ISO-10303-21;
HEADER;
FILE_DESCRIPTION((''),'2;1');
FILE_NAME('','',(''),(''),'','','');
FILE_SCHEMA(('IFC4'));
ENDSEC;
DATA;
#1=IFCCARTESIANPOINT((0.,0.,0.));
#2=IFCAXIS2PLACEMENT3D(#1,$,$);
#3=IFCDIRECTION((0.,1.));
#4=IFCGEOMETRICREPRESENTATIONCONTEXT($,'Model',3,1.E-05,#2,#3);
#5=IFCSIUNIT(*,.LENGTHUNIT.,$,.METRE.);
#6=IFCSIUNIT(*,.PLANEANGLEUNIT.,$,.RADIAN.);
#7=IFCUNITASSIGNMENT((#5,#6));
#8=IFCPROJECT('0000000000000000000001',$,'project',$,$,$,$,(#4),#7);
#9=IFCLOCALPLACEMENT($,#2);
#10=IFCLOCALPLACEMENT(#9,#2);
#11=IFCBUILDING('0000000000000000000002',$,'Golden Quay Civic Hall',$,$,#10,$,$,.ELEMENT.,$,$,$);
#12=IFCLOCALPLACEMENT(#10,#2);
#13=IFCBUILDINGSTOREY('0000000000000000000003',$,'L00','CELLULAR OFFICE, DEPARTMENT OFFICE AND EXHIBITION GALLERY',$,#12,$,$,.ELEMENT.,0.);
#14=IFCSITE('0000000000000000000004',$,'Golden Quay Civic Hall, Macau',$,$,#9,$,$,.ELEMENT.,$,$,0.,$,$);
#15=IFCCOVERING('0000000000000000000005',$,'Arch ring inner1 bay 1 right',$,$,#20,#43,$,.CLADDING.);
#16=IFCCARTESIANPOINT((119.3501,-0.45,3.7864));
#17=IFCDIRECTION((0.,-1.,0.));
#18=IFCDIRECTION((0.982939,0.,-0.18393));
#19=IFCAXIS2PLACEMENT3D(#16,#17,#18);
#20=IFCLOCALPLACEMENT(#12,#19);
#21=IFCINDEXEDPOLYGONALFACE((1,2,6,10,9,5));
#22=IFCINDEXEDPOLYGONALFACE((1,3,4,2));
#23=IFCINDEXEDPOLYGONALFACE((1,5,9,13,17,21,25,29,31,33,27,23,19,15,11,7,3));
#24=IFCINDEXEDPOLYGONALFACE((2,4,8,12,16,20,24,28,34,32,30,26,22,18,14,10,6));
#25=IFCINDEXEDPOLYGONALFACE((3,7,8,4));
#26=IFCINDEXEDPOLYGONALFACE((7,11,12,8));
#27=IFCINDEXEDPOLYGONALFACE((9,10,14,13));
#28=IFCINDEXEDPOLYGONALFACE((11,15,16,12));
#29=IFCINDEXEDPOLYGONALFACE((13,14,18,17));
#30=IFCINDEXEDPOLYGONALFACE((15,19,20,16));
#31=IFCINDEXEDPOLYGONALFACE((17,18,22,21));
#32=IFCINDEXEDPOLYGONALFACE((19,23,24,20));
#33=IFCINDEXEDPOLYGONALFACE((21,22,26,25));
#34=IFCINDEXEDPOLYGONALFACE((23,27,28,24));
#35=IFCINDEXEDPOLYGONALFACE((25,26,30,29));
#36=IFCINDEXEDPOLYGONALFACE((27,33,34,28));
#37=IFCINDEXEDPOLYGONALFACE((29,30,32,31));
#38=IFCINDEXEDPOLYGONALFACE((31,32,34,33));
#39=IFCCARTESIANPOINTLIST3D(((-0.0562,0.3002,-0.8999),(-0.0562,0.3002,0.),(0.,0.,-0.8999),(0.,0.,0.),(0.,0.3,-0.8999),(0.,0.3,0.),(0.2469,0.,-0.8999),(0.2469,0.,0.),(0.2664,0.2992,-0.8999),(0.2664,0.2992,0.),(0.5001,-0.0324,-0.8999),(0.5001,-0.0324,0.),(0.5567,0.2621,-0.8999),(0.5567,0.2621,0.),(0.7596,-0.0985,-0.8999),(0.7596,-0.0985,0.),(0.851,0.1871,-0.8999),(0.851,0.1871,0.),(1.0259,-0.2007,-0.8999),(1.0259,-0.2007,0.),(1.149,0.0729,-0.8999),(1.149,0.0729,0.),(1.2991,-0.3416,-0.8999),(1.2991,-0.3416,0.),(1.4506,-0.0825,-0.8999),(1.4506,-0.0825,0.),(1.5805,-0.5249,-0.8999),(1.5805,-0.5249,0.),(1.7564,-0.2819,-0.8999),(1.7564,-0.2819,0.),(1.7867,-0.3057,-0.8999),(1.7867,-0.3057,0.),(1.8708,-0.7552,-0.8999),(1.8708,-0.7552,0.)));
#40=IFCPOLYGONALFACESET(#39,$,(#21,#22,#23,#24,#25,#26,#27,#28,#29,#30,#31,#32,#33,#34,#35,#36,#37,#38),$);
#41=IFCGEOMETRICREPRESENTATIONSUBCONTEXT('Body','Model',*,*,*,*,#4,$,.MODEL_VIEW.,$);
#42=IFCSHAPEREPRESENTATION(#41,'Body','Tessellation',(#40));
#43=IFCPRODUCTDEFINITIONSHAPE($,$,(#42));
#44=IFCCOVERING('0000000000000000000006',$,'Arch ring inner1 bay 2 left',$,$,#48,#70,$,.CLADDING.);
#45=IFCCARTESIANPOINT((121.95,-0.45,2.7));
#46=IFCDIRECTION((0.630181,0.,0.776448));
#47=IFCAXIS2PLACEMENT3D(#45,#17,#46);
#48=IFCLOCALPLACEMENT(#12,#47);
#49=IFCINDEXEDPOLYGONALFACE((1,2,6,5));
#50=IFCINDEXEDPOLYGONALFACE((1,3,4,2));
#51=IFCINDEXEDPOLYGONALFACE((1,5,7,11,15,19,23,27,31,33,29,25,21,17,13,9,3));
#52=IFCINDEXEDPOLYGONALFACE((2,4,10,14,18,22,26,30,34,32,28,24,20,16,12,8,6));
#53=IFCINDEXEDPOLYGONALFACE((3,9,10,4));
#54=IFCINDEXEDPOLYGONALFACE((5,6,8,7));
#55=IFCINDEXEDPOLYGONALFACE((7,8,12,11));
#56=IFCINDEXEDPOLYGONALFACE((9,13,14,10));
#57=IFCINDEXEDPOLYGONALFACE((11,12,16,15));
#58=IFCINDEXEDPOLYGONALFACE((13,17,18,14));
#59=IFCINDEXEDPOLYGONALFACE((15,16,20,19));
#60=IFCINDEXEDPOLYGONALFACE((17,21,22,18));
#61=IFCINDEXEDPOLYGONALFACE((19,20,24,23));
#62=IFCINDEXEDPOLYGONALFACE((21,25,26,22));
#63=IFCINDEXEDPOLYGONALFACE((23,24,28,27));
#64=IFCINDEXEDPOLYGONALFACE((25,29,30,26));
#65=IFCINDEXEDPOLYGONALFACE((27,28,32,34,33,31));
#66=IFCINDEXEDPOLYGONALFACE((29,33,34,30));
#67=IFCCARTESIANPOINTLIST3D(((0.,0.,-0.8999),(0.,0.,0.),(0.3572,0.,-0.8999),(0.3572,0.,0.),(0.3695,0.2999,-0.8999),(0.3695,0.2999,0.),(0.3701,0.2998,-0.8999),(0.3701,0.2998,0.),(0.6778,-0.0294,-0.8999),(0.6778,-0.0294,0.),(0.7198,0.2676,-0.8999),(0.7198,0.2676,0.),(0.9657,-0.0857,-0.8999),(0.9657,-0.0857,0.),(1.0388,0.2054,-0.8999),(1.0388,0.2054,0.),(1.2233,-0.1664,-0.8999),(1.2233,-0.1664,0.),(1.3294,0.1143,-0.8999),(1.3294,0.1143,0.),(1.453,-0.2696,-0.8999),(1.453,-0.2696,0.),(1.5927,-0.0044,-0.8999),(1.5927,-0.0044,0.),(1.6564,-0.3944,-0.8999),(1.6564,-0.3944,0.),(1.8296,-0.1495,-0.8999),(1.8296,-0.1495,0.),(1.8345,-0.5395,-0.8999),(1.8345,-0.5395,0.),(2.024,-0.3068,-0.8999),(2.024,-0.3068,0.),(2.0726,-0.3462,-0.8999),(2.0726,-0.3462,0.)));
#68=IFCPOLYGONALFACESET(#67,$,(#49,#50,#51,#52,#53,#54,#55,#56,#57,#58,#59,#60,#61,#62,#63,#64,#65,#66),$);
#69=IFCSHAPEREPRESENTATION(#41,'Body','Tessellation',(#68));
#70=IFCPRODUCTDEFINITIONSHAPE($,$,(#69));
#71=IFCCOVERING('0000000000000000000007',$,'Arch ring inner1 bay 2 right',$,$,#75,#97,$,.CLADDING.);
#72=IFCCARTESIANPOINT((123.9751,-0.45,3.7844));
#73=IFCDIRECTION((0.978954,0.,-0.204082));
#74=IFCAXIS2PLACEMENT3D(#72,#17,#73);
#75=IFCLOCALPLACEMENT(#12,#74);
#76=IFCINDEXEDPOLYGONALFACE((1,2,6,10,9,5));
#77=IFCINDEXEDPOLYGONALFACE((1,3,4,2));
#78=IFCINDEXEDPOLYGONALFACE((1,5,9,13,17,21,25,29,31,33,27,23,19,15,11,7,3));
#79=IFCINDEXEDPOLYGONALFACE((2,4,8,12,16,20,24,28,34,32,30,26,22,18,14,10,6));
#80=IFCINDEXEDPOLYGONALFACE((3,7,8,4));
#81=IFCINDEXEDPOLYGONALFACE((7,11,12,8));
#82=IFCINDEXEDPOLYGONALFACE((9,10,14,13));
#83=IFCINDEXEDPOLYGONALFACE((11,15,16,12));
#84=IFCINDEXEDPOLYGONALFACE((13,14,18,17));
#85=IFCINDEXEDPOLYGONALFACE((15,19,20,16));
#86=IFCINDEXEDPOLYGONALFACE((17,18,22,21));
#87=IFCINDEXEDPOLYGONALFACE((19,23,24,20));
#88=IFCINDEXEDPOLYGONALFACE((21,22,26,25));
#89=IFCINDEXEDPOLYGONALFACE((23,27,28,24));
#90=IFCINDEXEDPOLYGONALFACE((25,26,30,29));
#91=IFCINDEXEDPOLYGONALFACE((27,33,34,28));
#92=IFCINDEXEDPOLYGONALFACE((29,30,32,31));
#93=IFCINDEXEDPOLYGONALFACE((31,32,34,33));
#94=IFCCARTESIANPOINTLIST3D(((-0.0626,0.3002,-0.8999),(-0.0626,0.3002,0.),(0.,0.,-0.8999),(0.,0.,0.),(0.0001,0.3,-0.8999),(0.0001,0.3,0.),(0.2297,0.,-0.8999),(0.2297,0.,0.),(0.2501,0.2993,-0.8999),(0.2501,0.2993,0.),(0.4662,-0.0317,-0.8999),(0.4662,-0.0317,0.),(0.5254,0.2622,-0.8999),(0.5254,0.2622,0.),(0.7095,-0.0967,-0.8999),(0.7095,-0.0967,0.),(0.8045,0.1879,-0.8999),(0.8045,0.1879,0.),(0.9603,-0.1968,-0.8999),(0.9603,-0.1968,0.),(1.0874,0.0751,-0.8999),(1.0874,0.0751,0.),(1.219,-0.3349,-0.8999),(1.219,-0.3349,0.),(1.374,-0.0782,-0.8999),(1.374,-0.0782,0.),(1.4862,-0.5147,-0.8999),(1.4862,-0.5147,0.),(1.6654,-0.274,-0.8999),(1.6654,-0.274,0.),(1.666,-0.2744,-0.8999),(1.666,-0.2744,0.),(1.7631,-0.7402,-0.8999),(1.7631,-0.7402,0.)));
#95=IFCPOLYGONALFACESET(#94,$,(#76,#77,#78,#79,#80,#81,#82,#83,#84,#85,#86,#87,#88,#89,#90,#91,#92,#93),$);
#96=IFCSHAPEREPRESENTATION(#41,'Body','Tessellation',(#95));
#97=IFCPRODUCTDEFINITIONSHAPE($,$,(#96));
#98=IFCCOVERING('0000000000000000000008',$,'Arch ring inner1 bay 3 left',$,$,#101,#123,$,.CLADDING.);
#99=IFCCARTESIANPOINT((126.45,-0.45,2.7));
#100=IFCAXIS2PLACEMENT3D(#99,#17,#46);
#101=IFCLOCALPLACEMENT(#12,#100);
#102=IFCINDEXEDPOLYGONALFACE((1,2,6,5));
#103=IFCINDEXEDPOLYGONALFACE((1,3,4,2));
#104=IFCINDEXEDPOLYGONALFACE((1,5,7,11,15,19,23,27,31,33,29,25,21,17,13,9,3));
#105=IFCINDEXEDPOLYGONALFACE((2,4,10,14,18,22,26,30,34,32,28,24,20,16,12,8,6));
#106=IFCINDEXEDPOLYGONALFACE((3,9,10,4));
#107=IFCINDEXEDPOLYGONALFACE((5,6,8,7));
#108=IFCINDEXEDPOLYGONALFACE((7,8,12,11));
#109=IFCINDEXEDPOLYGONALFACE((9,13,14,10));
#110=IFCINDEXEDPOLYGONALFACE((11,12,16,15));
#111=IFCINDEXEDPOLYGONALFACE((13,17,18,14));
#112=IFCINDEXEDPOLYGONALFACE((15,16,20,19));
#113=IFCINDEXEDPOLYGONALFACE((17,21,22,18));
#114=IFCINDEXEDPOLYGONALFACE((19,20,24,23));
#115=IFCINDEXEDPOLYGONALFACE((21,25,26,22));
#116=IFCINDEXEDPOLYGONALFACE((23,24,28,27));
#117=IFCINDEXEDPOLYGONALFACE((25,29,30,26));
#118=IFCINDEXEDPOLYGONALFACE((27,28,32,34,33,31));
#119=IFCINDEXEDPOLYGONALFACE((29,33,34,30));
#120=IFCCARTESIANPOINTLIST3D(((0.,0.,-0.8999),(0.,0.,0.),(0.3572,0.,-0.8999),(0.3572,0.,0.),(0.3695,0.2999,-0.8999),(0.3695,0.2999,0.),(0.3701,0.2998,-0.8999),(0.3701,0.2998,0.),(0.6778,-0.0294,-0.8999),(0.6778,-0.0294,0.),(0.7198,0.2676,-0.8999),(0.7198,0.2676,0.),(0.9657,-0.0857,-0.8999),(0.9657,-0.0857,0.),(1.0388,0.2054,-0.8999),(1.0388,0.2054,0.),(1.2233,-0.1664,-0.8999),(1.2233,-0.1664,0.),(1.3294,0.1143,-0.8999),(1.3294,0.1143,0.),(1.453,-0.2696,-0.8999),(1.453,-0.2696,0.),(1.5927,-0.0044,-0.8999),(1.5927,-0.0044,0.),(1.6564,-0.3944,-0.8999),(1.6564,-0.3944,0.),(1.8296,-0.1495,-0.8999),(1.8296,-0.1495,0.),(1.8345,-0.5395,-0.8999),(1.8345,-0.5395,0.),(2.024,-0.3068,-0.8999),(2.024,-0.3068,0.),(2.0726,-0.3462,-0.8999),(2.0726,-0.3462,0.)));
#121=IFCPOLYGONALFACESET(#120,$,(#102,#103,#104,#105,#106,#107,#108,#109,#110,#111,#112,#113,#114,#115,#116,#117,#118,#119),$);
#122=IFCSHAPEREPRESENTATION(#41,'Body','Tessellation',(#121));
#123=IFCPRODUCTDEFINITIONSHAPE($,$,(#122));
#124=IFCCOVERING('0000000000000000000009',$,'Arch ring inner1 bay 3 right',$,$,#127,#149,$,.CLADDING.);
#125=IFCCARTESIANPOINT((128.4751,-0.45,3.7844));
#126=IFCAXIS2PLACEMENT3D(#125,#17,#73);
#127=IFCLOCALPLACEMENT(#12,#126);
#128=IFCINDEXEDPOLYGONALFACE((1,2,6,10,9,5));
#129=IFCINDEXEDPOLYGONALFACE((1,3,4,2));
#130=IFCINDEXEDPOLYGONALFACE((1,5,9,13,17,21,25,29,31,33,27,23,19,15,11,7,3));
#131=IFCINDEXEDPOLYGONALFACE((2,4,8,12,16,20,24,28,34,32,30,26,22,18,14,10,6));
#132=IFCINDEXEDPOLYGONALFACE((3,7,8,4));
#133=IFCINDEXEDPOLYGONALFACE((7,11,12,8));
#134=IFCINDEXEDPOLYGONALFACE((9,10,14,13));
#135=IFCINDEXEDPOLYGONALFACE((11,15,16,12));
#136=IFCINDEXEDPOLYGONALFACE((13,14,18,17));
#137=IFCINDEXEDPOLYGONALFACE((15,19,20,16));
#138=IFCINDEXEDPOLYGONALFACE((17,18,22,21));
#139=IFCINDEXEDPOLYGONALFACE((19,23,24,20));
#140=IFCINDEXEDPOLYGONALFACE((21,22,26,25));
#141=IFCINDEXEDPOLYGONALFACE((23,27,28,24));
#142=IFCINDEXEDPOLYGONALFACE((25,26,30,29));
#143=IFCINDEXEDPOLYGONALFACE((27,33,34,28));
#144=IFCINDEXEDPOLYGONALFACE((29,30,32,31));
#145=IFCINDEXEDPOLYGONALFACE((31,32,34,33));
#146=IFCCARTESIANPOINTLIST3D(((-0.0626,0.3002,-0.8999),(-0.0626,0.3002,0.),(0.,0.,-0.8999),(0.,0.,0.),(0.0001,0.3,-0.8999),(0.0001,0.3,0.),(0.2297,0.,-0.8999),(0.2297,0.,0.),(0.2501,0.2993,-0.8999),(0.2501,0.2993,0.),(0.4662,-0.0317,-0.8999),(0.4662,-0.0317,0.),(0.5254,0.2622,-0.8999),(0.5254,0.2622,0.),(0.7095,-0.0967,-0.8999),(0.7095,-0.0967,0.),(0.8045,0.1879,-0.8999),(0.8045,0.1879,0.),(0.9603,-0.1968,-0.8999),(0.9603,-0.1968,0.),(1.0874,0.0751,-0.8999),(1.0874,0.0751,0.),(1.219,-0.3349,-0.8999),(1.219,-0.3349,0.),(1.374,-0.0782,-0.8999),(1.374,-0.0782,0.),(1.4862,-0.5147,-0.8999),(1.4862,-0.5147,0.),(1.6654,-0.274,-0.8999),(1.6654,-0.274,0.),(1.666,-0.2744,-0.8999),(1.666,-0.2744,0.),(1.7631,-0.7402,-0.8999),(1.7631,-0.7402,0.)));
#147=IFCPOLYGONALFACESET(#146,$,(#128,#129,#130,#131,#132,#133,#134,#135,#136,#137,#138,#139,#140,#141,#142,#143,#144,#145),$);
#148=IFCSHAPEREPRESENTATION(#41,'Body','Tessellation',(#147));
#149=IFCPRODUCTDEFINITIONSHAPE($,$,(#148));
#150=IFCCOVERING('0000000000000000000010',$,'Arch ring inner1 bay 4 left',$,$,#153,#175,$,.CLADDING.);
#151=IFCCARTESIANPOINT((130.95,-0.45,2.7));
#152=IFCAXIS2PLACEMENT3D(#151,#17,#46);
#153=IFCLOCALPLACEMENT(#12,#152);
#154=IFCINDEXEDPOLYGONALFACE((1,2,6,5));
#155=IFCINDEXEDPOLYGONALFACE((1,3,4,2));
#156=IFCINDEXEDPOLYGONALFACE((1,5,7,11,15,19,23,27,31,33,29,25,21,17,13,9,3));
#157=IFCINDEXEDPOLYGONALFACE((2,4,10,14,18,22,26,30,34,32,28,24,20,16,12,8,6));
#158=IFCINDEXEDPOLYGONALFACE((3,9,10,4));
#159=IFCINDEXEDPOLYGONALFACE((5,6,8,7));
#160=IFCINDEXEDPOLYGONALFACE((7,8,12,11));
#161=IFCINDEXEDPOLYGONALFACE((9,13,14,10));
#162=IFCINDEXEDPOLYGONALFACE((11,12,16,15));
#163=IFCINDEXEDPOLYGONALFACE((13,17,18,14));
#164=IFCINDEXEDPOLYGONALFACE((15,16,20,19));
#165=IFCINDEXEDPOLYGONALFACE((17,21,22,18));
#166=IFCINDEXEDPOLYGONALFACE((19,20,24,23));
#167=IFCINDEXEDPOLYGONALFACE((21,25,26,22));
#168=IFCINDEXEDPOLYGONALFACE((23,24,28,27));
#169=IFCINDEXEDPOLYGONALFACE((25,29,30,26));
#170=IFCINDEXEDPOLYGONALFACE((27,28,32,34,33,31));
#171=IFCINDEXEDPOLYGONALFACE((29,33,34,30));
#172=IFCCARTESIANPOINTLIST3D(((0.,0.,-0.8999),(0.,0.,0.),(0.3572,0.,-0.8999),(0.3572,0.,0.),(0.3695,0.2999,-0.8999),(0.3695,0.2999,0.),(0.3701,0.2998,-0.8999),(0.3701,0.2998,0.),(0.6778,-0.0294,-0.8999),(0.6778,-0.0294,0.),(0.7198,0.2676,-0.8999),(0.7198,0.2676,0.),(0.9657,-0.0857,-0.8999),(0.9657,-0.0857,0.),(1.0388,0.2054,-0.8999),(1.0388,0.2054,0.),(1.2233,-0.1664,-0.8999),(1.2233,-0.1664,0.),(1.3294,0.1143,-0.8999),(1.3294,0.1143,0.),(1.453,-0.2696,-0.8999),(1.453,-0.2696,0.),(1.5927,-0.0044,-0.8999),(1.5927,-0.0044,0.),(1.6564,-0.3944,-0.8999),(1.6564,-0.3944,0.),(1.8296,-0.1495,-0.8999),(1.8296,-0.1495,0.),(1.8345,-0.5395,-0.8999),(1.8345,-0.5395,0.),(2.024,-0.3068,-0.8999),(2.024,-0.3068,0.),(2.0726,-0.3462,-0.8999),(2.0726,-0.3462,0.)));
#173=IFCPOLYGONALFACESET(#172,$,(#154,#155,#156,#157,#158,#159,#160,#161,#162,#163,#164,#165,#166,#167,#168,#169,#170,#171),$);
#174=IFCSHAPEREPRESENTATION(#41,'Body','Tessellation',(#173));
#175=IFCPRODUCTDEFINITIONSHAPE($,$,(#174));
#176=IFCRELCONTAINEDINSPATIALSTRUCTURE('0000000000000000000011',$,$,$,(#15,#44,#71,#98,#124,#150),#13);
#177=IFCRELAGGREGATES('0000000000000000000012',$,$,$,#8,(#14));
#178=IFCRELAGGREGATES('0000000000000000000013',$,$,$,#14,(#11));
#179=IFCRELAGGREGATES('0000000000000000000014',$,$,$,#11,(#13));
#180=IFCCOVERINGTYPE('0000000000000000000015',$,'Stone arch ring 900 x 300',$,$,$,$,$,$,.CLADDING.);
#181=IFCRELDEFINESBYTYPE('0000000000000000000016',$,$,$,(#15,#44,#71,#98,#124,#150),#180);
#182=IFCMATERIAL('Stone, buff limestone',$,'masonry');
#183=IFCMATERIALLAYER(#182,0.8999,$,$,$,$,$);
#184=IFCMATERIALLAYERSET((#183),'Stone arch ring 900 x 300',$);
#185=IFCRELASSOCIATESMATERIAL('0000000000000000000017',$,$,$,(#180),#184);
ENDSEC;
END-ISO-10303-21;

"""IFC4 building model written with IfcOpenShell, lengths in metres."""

from ifc_helpers import new_model, si_unit, direction, frame, origin, place, context, subcontext, project, spatial, polyline, outline, extrude, material, layer, layer_set, type_object, element, save


model = new_model("IFC4")

# Units and contexts
model_context = context("Model", 3, precision=1e-05, world=origin(), true_north=direction((0.0, 1.0)))
body_context = subcontext(model_context, "Body", "Model", "MODEL_VIEW")
ifc_project = project(units=[si_unit("LENGTHUNIT", "METRE"), si_unit("PLANEANGLEUNIT", "RADIAN")], contexts=[model_context])

# Site, building, storey
site_placement = place(None, origin())
site = spatial("IfcSite", under=ifc_project, at=site_placement, Name="Golden Quay Civic Hall, Macau", CompositionType="ELEMENT", RefElevation=0.0)
building_placement = place(site_placement, origin())
building = spatial("IfcBuilding", under=site, at=building_placement, Name="Golden Quay Civic Hall", CompositionType="ELEMENT")
storey_placement = place(building_placement, origin())
storey = spatial("IfcBuildingStorey", under=building, at=storey_placement, Name="L00", Description="CELLULAR OFFICE, DEPARTMENT OFFICE AND EXHIBITION GALLERY", CompositionType="ELEMENT", Elevation=0.0)

# Coverings
ifc_material_1 = material(Name="Stone, buff limestone", Category="masonry")
ifc_layer_1 = layer(ifc_material_1, 0.8999)
ifc_layer_set_1 = layer_set([ifc_layer_1], Name="Stone arch ring 900 x 300")
covering_type_1 = type_object("IfcCoveringType", Name="Stone arch ring 900 x 300", PredefinedType="CLADDING", material=ifc_layer_set_1)
covering_1_placement = place(storey_placement, frame((119.3501, -0.45, 3.7864), z_axis=(0.0, -1.0, 0.0), x_axis=(0.982939, 0.0, -0.18393)))
element("IfcCovering", 1, at=covering_1_placement, inside=storey, type_object=covering_type_1, Name="Arch ring inner1 bay 1 right", PredefinedType="CLADDING", context=body_context, shape_type="SweptSolid", body=[
    extrude(outline(polyline([(0.0, 0.0), (0.2469, 0.0), (0.5001, -0.0324), (0.7596, -0.0985), (1.0259, -0.2007), (1.2991, -0.3416), (1.5805, -0.5249), (1.8708, -0.7552), (1.7867, -0.3057), (1.7564, -0.2819), (1.4506, -0.0825), (1.149, 0.0729), (0.851, 0.1871), (0.5567, 0.2621), (0.2664, 0.2992), (0.0, 0.3), (-0.0562, 0.3002), (0.0, 0.0)])), origin(), (0.0, 0.0, -1.0), 0.8999),
])
covering_2_placement = place(storey_placement, frame((121.95, -0.45, 2.7), z_axis=(0.0, -1.0, 0.0), x_axis=(0.630181, 0.0, 0.776448)))
element("IfcCovering", 2, at=covering_2_placement, inside=storey, type_object=covering_type_1, Name="Arch ring inner1 bay 2 left", PredefinedType="CLADDING", context=body_context, shape_type="SweptSolid", body=[
    extrude(outline(polyline([(0.0, 0.0), (0.3572, 0.0), (0.6778, -0.0294), (0.9657, -0.0857), (1.2233, -0.1664), (1.453, -0.2696), (1.6564, -0.3944), (1.8345, -0.5395), (2.0726, -0.3462), (2.024, -0.3068), (1.8296, -0.1495), (1.5927, -0.0044), (1.3294, 0.1143), (1.0388, 0.2054), (0.7198, 0.2676), (0.3701, 0.2998), (0.3695, 0.2999), (0.0, 0.0)])), origin(), (0.0, 0.0, -1.0), 0.8999),
])
covering_3_placement = place(storey_placement, frame((123.9751, -0.45, 3.7844), z_axis=(0.0, -1.0, 0.0), x_axis=(0.978954, 0.0, -0.204082)))
element("IfcCovering", 3, at=covering_3_placement, inside=storey, type_object=covering_type_1, Name="Arch ring inner1 bay 2 right", PredefinedType="CLADDING", context=body_context, shape_type="SweptSolid", body=[
    extrude(outline(polyline([(0.0, 0.0), (0.2297, 0.0), (0.4662, -0.0317), (0.7095, -0.0967), (0.9603, -0.1968), (1.219, -0.3349), (1.4862, -0.5147), (1.7631, -0.7402), (1.666, -0.2744), (1.6654, -0.274), (1.374, -0.0782), (1.0874, 0.0751), (0.8045, 0.1879), (0.5254, 0.2622), (0.2501, 0.2993), (0.0001, 0.3), (-0.0626, 0.3002), (0.0, 0.0)])), origin(), (0.0, 0.0, -1.0), 0.8999),
])
covering_4_placement = place(storey_placement, frame((126.45, -0.45, 2.7), z_axis=(0.0, -1.0, 0.0), x_axis=(0.630181, 0.0, 0.776448)))
element("IfcCovering", 4, at=covering_4_placement, inside=storey, type_object=covering_type_1, Name="Arch ring inner1 bay 3 left", PredefinedType="CLADDING", context=body_context, shape_type="SweptSolid", body=[
    extrude(outline(polyline([(0.0, 0.0), (0.3572, 0.0), (0.6778, -0.0294), (0.9657, -0.0857), (1.2233, -0.1664), (1.453, -0.2696), (1.6564, -0.3944), (1.8345, -0.5395), (2.0726, -0.3462), (2.024, -0.3068), (1.8296, -0.1495), (1.5927, -0.0044), (1.3294, 0.1143), (1.0388, 0.2054), (0.7198, 0.2676), (0.3701, 0.2998), (0.3695, 0.2999), (0.0, 0.0)])), origin(), (0.0, 0.0, -1.0), 0.8999),
])
covering_5_placement = place(storey_placement, frame((128.4751, -0.45, 3.7844), z_axis=(0.0, -1.0, 0.0), x_axis=(0.978954, 0.0, -0.204082)))
element("IfcCovering", 5, at=covering_5_placement, inside=storey, type_object=covering_type_1, Name="Arch ring inner1 bay 3 right", PredefinedType="CLADDING", context=body_context, shape_type="SweptSolid", body=[
    extrude(outline(polyline([(0.0, 0.0), (0.2297, 0.0), (0.4662, -0.0317), (0.7095, -0.0967), (0.9603, -0.1968), (1.219, -0.3349), (1.4862, -0.5147), (1.7631, -0.7402), (1.666, -0.2744), (1.6654, -0.274), (1.374, -0.0782), (1.0874, 0.0751), (0.8045, 0.1879), (0.5254, 0.2622), (0.2501, 0.2993), (0.0001, 0.3), (-0.0626, 0.3002), (0.0, 0.0)])), origin(), (0.0, 0.0, -1.0), 0.8999),
])
covering_6_placement = place(storey_placement, frame((130.95, -0.45, 2.7), z_axis=(0.0, -1.0, 0.0), x_axis=(0.630181, 0.0, 0.776448)))
element("IfcCovering", 6, at=covering_6_placement, inside=storey, type_object=covering_type_1, Name="Arch ring inner1 bay 4 left", PredefinedType="CLADDING", context=body_context, shape_type="SweptSolid", body=[
    extrude(outline(polyline([(0.0, 0.0), (0.3572, 0.0), (0.6778, -0.0294), (0.9657, -0.0857), (1.2233, -0.1664), (1.453, -0.2696), (1.6564, -0.3944), (1.8345, -0.5395), (2.0726, -0.3462), (2.024, -0.3068), (1.8296, -0.1495), (1.5927, -0.0044), (1.3294, 0.1143), (1.0388, 0.2054), (0.7198, 0.2676), (0.3701, 0.2998), (0.3695, 0.2999), (0.0, 0.0)])), origin(), (0.0, 0.0, -1.0), 0.8999),
])

save(model, "model.ifc")
